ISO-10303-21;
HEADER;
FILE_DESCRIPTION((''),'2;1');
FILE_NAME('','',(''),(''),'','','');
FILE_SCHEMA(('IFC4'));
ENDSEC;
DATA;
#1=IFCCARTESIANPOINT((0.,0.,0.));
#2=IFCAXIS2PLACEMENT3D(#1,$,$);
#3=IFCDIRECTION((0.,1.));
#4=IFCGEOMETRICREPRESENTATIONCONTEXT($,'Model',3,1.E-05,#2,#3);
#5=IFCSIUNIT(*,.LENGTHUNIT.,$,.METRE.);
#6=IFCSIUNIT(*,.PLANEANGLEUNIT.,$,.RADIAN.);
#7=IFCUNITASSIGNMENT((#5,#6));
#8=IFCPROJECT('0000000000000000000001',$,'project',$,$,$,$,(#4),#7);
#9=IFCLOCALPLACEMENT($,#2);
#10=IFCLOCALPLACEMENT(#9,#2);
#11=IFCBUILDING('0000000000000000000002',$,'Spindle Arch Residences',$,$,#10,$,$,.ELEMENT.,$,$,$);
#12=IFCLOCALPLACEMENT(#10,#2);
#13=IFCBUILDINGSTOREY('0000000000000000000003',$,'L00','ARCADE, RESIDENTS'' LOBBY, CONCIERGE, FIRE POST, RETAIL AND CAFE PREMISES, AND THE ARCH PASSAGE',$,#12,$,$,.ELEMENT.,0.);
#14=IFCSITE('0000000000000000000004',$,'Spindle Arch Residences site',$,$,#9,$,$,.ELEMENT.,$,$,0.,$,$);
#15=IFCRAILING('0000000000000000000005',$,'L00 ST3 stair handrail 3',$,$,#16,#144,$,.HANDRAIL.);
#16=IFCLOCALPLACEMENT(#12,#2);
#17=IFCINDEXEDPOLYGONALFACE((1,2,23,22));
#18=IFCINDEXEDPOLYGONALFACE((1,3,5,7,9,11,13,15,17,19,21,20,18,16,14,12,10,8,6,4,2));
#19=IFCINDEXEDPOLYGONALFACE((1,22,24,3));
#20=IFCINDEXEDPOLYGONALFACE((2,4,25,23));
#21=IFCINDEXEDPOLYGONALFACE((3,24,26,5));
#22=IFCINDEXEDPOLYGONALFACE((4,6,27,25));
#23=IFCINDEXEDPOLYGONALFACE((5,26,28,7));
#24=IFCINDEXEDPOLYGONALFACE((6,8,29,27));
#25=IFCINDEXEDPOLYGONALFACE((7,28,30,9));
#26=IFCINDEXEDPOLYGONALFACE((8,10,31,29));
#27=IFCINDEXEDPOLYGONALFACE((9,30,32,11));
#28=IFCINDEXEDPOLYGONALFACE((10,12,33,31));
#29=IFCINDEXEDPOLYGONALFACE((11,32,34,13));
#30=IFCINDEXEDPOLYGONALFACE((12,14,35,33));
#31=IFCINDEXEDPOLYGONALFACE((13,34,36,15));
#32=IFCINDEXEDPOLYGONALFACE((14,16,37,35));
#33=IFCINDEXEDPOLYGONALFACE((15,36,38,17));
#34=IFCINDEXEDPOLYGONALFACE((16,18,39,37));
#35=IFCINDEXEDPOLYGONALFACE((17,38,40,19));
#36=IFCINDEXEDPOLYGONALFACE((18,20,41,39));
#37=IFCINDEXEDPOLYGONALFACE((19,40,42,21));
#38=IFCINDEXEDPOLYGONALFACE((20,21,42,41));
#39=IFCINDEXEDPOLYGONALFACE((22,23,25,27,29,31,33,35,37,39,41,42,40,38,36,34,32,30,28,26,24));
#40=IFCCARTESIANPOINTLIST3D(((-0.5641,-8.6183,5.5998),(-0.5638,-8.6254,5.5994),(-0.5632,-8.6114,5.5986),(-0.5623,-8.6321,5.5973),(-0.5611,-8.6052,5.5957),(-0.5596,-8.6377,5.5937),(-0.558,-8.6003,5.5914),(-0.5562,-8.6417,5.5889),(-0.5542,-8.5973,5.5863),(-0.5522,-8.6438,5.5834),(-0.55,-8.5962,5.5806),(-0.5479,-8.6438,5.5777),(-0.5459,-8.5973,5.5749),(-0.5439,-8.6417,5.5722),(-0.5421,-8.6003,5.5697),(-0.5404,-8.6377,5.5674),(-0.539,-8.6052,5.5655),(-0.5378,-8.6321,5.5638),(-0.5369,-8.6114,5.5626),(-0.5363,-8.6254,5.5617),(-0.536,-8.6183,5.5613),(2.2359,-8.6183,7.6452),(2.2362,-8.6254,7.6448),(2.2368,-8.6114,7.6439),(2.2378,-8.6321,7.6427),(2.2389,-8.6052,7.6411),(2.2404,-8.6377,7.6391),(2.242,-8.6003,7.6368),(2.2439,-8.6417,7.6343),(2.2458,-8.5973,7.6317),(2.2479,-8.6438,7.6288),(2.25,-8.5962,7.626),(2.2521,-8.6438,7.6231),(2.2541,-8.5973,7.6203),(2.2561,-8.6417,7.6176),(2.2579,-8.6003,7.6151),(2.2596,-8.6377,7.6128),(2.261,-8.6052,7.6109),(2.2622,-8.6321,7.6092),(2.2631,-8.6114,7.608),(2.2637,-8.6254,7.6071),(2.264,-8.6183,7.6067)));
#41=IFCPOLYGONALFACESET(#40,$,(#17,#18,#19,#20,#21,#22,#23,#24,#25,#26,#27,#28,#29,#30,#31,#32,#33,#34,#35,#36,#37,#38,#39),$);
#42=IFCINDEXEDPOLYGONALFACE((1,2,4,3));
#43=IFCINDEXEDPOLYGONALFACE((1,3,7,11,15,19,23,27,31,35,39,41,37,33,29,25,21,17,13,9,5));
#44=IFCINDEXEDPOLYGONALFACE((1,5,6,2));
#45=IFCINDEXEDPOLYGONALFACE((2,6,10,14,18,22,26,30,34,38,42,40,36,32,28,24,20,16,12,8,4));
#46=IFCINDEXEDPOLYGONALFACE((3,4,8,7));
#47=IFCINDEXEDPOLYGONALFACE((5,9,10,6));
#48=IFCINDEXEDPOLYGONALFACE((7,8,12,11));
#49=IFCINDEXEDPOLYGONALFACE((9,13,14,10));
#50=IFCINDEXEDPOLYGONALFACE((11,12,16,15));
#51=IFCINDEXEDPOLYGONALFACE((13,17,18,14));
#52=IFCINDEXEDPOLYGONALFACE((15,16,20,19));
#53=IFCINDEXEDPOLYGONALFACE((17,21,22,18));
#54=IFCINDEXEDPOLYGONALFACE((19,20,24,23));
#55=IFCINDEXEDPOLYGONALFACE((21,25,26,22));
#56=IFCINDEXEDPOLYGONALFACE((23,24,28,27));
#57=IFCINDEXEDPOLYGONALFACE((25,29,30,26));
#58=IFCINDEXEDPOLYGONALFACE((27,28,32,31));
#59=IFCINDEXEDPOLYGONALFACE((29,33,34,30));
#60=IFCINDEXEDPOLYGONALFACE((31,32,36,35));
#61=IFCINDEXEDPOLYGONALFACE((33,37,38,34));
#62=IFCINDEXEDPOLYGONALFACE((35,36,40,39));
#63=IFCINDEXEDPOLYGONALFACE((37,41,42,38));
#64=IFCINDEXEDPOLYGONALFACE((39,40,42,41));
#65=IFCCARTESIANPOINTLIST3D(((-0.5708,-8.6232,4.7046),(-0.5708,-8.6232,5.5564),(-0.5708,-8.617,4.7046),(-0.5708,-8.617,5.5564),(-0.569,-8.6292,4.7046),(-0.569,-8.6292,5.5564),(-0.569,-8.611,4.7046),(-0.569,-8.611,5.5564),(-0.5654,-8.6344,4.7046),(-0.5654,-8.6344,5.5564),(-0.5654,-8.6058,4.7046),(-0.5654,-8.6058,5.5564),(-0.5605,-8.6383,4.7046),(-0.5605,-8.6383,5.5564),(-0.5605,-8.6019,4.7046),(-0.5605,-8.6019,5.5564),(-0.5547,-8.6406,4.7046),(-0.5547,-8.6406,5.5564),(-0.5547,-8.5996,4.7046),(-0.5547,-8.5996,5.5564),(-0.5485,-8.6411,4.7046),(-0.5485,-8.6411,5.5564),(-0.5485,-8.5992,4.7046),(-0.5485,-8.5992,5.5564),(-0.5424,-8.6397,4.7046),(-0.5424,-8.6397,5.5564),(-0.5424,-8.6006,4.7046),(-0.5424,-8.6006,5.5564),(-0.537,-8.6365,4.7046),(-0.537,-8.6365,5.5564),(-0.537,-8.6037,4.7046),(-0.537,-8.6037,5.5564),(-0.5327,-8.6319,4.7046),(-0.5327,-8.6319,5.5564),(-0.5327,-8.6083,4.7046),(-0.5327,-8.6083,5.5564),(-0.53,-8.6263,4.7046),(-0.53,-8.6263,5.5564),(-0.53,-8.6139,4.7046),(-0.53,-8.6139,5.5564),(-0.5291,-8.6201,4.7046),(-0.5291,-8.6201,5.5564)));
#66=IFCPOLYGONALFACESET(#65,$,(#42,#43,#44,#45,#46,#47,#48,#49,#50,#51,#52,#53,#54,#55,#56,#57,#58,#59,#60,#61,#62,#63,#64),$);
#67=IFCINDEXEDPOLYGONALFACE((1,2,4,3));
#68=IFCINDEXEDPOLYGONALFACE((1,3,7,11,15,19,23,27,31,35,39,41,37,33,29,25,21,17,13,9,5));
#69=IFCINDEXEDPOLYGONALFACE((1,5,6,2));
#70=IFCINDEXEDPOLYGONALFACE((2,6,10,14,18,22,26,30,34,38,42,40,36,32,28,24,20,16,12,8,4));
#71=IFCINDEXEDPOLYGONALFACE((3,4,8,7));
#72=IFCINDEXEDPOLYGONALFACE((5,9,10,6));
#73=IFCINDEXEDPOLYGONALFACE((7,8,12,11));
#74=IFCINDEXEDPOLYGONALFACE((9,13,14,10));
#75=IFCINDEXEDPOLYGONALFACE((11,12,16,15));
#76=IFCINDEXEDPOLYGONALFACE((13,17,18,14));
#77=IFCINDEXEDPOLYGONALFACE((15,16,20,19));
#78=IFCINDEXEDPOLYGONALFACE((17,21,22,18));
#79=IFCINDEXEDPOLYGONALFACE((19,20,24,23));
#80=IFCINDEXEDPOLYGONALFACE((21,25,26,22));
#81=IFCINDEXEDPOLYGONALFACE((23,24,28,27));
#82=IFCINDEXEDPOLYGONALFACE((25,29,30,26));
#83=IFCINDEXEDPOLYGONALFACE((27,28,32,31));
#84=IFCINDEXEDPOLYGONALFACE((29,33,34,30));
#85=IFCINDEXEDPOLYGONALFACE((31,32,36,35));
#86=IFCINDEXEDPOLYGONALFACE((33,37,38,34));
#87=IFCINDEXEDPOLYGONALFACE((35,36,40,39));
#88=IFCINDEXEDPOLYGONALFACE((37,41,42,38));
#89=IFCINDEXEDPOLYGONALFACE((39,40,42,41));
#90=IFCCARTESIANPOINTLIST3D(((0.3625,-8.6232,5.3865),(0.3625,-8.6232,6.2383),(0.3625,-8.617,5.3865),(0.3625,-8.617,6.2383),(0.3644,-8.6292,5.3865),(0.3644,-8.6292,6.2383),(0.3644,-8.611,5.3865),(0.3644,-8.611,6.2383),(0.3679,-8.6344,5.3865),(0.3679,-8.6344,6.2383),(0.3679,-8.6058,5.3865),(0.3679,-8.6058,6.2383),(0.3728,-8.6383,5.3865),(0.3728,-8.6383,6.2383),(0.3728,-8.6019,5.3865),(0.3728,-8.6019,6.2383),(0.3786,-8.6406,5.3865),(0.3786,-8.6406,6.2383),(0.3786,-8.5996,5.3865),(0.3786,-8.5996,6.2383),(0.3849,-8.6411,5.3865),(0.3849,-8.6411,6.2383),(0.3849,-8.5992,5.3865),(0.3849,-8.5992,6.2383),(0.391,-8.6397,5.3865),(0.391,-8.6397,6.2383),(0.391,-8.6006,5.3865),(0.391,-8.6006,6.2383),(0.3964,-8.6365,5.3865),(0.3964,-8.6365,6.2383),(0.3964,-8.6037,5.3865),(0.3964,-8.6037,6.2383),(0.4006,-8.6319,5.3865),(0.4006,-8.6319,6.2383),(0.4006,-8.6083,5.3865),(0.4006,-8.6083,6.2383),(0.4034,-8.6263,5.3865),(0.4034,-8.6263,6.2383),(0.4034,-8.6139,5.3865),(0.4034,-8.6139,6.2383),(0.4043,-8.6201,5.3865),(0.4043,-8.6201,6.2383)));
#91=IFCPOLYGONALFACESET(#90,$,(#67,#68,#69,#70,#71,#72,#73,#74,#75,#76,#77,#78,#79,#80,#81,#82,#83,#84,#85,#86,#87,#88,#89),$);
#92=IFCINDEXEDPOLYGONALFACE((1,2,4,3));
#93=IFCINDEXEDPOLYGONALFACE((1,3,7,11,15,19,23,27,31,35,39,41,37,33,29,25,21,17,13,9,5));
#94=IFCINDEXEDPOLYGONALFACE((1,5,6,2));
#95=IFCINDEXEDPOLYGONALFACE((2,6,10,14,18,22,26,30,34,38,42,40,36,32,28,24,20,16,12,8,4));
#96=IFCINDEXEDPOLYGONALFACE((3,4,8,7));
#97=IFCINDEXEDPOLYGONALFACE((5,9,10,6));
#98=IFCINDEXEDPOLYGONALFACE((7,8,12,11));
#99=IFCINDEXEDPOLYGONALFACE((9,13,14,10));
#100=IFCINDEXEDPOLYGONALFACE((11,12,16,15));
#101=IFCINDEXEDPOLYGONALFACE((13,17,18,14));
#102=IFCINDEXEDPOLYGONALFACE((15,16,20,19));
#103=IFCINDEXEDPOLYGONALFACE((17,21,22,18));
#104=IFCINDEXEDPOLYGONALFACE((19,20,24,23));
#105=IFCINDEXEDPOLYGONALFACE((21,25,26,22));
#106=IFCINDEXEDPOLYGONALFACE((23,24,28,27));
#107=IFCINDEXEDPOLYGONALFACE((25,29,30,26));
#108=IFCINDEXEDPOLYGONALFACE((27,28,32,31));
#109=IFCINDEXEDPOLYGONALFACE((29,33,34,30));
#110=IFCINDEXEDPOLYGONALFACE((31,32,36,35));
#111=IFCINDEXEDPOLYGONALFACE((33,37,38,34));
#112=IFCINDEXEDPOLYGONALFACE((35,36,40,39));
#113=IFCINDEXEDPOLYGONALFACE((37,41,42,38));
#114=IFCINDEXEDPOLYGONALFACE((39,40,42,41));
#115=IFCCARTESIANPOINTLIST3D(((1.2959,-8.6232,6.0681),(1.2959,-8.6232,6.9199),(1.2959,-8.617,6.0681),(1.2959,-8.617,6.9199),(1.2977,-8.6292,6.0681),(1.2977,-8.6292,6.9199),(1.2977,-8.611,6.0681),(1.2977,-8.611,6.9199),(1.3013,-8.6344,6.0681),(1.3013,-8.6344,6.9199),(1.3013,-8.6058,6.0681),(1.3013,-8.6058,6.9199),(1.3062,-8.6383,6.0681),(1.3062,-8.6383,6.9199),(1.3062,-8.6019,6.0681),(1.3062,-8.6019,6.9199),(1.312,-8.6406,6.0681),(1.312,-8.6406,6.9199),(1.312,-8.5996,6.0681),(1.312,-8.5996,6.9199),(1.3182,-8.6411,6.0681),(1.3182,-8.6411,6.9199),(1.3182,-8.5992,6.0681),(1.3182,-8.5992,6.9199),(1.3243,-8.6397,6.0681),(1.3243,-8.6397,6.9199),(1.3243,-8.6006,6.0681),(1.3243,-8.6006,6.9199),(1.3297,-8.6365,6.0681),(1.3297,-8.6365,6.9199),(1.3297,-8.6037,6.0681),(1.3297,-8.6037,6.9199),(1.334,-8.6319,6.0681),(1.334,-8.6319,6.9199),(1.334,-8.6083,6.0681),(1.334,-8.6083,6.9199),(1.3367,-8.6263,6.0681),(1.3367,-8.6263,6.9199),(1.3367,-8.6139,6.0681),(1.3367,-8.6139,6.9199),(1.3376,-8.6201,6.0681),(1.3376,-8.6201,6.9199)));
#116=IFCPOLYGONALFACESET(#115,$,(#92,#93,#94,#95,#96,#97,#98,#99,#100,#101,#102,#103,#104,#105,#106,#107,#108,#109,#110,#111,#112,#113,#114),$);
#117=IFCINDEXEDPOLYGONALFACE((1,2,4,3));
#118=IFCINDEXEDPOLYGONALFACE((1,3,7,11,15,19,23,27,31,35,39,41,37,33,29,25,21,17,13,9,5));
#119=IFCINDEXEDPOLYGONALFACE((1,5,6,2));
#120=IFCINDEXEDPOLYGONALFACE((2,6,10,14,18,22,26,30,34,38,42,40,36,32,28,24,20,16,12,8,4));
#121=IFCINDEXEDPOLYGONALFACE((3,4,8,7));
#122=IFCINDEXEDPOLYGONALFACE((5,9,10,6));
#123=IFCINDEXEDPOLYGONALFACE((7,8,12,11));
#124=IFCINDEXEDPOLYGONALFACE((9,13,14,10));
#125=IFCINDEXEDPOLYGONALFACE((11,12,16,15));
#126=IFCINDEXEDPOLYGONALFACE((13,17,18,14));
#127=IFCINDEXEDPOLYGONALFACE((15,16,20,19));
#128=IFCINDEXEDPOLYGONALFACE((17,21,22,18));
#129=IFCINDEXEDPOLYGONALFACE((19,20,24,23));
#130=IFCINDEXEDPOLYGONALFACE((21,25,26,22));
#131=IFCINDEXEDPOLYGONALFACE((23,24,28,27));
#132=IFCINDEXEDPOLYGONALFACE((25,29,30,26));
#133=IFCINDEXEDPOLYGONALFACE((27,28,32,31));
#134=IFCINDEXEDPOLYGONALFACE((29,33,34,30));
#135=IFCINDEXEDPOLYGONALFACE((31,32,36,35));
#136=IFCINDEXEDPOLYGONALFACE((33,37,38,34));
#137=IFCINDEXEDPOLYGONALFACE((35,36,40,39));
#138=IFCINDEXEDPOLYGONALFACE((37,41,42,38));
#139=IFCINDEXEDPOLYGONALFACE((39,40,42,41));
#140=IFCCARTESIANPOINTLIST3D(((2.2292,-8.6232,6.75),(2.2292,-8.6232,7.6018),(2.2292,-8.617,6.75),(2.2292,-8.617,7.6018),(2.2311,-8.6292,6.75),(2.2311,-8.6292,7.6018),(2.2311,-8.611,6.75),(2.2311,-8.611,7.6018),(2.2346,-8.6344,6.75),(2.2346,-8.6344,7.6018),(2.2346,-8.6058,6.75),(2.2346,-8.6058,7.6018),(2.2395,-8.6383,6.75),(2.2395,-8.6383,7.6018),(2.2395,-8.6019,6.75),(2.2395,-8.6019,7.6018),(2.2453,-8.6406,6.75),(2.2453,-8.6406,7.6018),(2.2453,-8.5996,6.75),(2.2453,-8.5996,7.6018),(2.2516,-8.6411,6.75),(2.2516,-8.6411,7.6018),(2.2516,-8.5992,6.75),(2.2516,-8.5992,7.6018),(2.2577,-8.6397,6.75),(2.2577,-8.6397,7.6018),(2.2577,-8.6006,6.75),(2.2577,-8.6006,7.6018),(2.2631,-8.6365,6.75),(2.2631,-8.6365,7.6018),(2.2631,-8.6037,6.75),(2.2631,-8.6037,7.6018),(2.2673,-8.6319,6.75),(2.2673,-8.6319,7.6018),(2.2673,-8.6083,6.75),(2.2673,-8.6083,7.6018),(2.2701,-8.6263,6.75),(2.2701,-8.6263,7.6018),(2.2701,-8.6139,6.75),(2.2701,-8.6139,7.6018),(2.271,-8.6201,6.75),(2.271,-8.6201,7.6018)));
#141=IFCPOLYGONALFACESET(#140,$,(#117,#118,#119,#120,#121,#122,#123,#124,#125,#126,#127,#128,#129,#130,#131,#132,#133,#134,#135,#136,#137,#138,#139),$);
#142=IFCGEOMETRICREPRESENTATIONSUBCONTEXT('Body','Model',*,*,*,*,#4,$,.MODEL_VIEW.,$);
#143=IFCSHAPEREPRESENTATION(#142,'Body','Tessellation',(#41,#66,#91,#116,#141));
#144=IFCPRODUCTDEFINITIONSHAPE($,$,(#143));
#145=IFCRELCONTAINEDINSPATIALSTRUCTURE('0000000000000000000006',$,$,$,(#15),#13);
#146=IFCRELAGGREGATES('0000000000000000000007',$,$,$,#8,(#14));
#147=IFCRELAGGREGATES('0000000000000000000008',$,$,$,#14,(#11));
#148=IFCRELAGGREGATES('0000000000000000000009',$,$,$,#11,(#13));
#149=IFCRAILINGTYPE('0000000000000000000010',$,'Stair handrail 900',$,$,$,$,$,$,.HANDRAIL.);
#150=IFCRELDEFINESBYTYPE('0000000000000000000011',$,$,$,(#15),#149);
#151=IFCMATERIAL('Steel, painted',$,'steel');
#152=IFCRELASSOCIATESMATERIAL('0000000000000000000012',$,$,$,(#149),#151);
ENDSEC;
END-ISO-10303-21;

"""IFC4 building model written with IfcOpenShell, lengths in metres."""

from ifc_helpers import new_model, si_unit, direction, frame, origin, origin_2d, place, context, subcontext, project, spatial, circle, extrude, material, type_object, element, save


model = new_model("IFC4")

# Units and contexts
model_context = context("Model", 3, precision=1e-05, world=origin(), true_north=direction((0.0, 1.0)))
body_context = subcontext(model_context, "Body", "Model", "MODEL_VIEW")
ifc_project = project(units=[si_unit("LENGTHUNIT", "METRE"), si_unit("PLANEANGLEUNIT", "RADIAN")], contexts=[model_context])

# Site, building, storey
site_placement = place(None, origin())
site = spatial("IfcSite", under=ifc_project, at=site_placement, Name="Spindle Arch Residences site", CompositionType="ELEMENT", RefElevation=0.0)
building_placement = place(site_placement, origin())
building = spatial("IfcBuilding", under=site, at=building_placement, Name="Spindle Arch Residences", CompositionType="ELEMENT")
storey_placement = place(building_placement, origin())
storey = spatial("IfcBuildingStorey", under=building, at=storey_placement, Name="L00", Description="ARCADE, RESIDENTS' LOBBY, CONCIERGE, FIRE POST, RETAIL AND CAFE PREMISES, AND THE ARCH PASSAGE", CompositionType="ELEMENT", Elevation=0.0)

# Railing
ifc_material_1 = material(Name="Steel, painted", Category="steel")
railing_type = type_object("IfcRailingType", Name="Stair handrail 900", PredefinedType="HANDRAIL", material=ifc_material_1)
for number, where, name in (
    (1, (-0.55, -8.6201, 4.7046), "L00 ST3 stair handrail 3"),
):
    element("IfcRailing", number, at=place(storey_placement, frame(where)), inside=storey, type_object=railing_type, Name=name, PredefinedType="HANDRAIL", context=body_context, shape_type="SweptSolid", body=[
        extrude(circle(Radius=0.0239, at=origin_2d()), frame((0.0, 0.0, 0.876), z_axis=(0.807498, 0.0, 0.58987), x_axis=(0.0, 1.0, 0.0)), (0.0, 0.0, 1.0), 3.4675),
        extrude(circle(Radius=0.021, at=origin_2d()), origin(), (0.0, 0.0, 1.0), 0.8518),
        extrude(circle(Radius=0.021, at=origin_2d()), frame((0.9333, 0.0, 0.6819)), (0.0, 0.0, 1.0), 0.8518),
        extrude(circle(Radius=0.021, at=origin_2d()), frame((1.8667, 0.0, 1.3635)), (0.0, 0.0, 1.0), 0.8518),
        extrude(circle(Radius=0.021, at=origin_2d()), frame((2.8, 0.0, 2.0454)), (0.0, 0.0, 1.0), 0.8518),
    ])

save(model, "model.ifc")
